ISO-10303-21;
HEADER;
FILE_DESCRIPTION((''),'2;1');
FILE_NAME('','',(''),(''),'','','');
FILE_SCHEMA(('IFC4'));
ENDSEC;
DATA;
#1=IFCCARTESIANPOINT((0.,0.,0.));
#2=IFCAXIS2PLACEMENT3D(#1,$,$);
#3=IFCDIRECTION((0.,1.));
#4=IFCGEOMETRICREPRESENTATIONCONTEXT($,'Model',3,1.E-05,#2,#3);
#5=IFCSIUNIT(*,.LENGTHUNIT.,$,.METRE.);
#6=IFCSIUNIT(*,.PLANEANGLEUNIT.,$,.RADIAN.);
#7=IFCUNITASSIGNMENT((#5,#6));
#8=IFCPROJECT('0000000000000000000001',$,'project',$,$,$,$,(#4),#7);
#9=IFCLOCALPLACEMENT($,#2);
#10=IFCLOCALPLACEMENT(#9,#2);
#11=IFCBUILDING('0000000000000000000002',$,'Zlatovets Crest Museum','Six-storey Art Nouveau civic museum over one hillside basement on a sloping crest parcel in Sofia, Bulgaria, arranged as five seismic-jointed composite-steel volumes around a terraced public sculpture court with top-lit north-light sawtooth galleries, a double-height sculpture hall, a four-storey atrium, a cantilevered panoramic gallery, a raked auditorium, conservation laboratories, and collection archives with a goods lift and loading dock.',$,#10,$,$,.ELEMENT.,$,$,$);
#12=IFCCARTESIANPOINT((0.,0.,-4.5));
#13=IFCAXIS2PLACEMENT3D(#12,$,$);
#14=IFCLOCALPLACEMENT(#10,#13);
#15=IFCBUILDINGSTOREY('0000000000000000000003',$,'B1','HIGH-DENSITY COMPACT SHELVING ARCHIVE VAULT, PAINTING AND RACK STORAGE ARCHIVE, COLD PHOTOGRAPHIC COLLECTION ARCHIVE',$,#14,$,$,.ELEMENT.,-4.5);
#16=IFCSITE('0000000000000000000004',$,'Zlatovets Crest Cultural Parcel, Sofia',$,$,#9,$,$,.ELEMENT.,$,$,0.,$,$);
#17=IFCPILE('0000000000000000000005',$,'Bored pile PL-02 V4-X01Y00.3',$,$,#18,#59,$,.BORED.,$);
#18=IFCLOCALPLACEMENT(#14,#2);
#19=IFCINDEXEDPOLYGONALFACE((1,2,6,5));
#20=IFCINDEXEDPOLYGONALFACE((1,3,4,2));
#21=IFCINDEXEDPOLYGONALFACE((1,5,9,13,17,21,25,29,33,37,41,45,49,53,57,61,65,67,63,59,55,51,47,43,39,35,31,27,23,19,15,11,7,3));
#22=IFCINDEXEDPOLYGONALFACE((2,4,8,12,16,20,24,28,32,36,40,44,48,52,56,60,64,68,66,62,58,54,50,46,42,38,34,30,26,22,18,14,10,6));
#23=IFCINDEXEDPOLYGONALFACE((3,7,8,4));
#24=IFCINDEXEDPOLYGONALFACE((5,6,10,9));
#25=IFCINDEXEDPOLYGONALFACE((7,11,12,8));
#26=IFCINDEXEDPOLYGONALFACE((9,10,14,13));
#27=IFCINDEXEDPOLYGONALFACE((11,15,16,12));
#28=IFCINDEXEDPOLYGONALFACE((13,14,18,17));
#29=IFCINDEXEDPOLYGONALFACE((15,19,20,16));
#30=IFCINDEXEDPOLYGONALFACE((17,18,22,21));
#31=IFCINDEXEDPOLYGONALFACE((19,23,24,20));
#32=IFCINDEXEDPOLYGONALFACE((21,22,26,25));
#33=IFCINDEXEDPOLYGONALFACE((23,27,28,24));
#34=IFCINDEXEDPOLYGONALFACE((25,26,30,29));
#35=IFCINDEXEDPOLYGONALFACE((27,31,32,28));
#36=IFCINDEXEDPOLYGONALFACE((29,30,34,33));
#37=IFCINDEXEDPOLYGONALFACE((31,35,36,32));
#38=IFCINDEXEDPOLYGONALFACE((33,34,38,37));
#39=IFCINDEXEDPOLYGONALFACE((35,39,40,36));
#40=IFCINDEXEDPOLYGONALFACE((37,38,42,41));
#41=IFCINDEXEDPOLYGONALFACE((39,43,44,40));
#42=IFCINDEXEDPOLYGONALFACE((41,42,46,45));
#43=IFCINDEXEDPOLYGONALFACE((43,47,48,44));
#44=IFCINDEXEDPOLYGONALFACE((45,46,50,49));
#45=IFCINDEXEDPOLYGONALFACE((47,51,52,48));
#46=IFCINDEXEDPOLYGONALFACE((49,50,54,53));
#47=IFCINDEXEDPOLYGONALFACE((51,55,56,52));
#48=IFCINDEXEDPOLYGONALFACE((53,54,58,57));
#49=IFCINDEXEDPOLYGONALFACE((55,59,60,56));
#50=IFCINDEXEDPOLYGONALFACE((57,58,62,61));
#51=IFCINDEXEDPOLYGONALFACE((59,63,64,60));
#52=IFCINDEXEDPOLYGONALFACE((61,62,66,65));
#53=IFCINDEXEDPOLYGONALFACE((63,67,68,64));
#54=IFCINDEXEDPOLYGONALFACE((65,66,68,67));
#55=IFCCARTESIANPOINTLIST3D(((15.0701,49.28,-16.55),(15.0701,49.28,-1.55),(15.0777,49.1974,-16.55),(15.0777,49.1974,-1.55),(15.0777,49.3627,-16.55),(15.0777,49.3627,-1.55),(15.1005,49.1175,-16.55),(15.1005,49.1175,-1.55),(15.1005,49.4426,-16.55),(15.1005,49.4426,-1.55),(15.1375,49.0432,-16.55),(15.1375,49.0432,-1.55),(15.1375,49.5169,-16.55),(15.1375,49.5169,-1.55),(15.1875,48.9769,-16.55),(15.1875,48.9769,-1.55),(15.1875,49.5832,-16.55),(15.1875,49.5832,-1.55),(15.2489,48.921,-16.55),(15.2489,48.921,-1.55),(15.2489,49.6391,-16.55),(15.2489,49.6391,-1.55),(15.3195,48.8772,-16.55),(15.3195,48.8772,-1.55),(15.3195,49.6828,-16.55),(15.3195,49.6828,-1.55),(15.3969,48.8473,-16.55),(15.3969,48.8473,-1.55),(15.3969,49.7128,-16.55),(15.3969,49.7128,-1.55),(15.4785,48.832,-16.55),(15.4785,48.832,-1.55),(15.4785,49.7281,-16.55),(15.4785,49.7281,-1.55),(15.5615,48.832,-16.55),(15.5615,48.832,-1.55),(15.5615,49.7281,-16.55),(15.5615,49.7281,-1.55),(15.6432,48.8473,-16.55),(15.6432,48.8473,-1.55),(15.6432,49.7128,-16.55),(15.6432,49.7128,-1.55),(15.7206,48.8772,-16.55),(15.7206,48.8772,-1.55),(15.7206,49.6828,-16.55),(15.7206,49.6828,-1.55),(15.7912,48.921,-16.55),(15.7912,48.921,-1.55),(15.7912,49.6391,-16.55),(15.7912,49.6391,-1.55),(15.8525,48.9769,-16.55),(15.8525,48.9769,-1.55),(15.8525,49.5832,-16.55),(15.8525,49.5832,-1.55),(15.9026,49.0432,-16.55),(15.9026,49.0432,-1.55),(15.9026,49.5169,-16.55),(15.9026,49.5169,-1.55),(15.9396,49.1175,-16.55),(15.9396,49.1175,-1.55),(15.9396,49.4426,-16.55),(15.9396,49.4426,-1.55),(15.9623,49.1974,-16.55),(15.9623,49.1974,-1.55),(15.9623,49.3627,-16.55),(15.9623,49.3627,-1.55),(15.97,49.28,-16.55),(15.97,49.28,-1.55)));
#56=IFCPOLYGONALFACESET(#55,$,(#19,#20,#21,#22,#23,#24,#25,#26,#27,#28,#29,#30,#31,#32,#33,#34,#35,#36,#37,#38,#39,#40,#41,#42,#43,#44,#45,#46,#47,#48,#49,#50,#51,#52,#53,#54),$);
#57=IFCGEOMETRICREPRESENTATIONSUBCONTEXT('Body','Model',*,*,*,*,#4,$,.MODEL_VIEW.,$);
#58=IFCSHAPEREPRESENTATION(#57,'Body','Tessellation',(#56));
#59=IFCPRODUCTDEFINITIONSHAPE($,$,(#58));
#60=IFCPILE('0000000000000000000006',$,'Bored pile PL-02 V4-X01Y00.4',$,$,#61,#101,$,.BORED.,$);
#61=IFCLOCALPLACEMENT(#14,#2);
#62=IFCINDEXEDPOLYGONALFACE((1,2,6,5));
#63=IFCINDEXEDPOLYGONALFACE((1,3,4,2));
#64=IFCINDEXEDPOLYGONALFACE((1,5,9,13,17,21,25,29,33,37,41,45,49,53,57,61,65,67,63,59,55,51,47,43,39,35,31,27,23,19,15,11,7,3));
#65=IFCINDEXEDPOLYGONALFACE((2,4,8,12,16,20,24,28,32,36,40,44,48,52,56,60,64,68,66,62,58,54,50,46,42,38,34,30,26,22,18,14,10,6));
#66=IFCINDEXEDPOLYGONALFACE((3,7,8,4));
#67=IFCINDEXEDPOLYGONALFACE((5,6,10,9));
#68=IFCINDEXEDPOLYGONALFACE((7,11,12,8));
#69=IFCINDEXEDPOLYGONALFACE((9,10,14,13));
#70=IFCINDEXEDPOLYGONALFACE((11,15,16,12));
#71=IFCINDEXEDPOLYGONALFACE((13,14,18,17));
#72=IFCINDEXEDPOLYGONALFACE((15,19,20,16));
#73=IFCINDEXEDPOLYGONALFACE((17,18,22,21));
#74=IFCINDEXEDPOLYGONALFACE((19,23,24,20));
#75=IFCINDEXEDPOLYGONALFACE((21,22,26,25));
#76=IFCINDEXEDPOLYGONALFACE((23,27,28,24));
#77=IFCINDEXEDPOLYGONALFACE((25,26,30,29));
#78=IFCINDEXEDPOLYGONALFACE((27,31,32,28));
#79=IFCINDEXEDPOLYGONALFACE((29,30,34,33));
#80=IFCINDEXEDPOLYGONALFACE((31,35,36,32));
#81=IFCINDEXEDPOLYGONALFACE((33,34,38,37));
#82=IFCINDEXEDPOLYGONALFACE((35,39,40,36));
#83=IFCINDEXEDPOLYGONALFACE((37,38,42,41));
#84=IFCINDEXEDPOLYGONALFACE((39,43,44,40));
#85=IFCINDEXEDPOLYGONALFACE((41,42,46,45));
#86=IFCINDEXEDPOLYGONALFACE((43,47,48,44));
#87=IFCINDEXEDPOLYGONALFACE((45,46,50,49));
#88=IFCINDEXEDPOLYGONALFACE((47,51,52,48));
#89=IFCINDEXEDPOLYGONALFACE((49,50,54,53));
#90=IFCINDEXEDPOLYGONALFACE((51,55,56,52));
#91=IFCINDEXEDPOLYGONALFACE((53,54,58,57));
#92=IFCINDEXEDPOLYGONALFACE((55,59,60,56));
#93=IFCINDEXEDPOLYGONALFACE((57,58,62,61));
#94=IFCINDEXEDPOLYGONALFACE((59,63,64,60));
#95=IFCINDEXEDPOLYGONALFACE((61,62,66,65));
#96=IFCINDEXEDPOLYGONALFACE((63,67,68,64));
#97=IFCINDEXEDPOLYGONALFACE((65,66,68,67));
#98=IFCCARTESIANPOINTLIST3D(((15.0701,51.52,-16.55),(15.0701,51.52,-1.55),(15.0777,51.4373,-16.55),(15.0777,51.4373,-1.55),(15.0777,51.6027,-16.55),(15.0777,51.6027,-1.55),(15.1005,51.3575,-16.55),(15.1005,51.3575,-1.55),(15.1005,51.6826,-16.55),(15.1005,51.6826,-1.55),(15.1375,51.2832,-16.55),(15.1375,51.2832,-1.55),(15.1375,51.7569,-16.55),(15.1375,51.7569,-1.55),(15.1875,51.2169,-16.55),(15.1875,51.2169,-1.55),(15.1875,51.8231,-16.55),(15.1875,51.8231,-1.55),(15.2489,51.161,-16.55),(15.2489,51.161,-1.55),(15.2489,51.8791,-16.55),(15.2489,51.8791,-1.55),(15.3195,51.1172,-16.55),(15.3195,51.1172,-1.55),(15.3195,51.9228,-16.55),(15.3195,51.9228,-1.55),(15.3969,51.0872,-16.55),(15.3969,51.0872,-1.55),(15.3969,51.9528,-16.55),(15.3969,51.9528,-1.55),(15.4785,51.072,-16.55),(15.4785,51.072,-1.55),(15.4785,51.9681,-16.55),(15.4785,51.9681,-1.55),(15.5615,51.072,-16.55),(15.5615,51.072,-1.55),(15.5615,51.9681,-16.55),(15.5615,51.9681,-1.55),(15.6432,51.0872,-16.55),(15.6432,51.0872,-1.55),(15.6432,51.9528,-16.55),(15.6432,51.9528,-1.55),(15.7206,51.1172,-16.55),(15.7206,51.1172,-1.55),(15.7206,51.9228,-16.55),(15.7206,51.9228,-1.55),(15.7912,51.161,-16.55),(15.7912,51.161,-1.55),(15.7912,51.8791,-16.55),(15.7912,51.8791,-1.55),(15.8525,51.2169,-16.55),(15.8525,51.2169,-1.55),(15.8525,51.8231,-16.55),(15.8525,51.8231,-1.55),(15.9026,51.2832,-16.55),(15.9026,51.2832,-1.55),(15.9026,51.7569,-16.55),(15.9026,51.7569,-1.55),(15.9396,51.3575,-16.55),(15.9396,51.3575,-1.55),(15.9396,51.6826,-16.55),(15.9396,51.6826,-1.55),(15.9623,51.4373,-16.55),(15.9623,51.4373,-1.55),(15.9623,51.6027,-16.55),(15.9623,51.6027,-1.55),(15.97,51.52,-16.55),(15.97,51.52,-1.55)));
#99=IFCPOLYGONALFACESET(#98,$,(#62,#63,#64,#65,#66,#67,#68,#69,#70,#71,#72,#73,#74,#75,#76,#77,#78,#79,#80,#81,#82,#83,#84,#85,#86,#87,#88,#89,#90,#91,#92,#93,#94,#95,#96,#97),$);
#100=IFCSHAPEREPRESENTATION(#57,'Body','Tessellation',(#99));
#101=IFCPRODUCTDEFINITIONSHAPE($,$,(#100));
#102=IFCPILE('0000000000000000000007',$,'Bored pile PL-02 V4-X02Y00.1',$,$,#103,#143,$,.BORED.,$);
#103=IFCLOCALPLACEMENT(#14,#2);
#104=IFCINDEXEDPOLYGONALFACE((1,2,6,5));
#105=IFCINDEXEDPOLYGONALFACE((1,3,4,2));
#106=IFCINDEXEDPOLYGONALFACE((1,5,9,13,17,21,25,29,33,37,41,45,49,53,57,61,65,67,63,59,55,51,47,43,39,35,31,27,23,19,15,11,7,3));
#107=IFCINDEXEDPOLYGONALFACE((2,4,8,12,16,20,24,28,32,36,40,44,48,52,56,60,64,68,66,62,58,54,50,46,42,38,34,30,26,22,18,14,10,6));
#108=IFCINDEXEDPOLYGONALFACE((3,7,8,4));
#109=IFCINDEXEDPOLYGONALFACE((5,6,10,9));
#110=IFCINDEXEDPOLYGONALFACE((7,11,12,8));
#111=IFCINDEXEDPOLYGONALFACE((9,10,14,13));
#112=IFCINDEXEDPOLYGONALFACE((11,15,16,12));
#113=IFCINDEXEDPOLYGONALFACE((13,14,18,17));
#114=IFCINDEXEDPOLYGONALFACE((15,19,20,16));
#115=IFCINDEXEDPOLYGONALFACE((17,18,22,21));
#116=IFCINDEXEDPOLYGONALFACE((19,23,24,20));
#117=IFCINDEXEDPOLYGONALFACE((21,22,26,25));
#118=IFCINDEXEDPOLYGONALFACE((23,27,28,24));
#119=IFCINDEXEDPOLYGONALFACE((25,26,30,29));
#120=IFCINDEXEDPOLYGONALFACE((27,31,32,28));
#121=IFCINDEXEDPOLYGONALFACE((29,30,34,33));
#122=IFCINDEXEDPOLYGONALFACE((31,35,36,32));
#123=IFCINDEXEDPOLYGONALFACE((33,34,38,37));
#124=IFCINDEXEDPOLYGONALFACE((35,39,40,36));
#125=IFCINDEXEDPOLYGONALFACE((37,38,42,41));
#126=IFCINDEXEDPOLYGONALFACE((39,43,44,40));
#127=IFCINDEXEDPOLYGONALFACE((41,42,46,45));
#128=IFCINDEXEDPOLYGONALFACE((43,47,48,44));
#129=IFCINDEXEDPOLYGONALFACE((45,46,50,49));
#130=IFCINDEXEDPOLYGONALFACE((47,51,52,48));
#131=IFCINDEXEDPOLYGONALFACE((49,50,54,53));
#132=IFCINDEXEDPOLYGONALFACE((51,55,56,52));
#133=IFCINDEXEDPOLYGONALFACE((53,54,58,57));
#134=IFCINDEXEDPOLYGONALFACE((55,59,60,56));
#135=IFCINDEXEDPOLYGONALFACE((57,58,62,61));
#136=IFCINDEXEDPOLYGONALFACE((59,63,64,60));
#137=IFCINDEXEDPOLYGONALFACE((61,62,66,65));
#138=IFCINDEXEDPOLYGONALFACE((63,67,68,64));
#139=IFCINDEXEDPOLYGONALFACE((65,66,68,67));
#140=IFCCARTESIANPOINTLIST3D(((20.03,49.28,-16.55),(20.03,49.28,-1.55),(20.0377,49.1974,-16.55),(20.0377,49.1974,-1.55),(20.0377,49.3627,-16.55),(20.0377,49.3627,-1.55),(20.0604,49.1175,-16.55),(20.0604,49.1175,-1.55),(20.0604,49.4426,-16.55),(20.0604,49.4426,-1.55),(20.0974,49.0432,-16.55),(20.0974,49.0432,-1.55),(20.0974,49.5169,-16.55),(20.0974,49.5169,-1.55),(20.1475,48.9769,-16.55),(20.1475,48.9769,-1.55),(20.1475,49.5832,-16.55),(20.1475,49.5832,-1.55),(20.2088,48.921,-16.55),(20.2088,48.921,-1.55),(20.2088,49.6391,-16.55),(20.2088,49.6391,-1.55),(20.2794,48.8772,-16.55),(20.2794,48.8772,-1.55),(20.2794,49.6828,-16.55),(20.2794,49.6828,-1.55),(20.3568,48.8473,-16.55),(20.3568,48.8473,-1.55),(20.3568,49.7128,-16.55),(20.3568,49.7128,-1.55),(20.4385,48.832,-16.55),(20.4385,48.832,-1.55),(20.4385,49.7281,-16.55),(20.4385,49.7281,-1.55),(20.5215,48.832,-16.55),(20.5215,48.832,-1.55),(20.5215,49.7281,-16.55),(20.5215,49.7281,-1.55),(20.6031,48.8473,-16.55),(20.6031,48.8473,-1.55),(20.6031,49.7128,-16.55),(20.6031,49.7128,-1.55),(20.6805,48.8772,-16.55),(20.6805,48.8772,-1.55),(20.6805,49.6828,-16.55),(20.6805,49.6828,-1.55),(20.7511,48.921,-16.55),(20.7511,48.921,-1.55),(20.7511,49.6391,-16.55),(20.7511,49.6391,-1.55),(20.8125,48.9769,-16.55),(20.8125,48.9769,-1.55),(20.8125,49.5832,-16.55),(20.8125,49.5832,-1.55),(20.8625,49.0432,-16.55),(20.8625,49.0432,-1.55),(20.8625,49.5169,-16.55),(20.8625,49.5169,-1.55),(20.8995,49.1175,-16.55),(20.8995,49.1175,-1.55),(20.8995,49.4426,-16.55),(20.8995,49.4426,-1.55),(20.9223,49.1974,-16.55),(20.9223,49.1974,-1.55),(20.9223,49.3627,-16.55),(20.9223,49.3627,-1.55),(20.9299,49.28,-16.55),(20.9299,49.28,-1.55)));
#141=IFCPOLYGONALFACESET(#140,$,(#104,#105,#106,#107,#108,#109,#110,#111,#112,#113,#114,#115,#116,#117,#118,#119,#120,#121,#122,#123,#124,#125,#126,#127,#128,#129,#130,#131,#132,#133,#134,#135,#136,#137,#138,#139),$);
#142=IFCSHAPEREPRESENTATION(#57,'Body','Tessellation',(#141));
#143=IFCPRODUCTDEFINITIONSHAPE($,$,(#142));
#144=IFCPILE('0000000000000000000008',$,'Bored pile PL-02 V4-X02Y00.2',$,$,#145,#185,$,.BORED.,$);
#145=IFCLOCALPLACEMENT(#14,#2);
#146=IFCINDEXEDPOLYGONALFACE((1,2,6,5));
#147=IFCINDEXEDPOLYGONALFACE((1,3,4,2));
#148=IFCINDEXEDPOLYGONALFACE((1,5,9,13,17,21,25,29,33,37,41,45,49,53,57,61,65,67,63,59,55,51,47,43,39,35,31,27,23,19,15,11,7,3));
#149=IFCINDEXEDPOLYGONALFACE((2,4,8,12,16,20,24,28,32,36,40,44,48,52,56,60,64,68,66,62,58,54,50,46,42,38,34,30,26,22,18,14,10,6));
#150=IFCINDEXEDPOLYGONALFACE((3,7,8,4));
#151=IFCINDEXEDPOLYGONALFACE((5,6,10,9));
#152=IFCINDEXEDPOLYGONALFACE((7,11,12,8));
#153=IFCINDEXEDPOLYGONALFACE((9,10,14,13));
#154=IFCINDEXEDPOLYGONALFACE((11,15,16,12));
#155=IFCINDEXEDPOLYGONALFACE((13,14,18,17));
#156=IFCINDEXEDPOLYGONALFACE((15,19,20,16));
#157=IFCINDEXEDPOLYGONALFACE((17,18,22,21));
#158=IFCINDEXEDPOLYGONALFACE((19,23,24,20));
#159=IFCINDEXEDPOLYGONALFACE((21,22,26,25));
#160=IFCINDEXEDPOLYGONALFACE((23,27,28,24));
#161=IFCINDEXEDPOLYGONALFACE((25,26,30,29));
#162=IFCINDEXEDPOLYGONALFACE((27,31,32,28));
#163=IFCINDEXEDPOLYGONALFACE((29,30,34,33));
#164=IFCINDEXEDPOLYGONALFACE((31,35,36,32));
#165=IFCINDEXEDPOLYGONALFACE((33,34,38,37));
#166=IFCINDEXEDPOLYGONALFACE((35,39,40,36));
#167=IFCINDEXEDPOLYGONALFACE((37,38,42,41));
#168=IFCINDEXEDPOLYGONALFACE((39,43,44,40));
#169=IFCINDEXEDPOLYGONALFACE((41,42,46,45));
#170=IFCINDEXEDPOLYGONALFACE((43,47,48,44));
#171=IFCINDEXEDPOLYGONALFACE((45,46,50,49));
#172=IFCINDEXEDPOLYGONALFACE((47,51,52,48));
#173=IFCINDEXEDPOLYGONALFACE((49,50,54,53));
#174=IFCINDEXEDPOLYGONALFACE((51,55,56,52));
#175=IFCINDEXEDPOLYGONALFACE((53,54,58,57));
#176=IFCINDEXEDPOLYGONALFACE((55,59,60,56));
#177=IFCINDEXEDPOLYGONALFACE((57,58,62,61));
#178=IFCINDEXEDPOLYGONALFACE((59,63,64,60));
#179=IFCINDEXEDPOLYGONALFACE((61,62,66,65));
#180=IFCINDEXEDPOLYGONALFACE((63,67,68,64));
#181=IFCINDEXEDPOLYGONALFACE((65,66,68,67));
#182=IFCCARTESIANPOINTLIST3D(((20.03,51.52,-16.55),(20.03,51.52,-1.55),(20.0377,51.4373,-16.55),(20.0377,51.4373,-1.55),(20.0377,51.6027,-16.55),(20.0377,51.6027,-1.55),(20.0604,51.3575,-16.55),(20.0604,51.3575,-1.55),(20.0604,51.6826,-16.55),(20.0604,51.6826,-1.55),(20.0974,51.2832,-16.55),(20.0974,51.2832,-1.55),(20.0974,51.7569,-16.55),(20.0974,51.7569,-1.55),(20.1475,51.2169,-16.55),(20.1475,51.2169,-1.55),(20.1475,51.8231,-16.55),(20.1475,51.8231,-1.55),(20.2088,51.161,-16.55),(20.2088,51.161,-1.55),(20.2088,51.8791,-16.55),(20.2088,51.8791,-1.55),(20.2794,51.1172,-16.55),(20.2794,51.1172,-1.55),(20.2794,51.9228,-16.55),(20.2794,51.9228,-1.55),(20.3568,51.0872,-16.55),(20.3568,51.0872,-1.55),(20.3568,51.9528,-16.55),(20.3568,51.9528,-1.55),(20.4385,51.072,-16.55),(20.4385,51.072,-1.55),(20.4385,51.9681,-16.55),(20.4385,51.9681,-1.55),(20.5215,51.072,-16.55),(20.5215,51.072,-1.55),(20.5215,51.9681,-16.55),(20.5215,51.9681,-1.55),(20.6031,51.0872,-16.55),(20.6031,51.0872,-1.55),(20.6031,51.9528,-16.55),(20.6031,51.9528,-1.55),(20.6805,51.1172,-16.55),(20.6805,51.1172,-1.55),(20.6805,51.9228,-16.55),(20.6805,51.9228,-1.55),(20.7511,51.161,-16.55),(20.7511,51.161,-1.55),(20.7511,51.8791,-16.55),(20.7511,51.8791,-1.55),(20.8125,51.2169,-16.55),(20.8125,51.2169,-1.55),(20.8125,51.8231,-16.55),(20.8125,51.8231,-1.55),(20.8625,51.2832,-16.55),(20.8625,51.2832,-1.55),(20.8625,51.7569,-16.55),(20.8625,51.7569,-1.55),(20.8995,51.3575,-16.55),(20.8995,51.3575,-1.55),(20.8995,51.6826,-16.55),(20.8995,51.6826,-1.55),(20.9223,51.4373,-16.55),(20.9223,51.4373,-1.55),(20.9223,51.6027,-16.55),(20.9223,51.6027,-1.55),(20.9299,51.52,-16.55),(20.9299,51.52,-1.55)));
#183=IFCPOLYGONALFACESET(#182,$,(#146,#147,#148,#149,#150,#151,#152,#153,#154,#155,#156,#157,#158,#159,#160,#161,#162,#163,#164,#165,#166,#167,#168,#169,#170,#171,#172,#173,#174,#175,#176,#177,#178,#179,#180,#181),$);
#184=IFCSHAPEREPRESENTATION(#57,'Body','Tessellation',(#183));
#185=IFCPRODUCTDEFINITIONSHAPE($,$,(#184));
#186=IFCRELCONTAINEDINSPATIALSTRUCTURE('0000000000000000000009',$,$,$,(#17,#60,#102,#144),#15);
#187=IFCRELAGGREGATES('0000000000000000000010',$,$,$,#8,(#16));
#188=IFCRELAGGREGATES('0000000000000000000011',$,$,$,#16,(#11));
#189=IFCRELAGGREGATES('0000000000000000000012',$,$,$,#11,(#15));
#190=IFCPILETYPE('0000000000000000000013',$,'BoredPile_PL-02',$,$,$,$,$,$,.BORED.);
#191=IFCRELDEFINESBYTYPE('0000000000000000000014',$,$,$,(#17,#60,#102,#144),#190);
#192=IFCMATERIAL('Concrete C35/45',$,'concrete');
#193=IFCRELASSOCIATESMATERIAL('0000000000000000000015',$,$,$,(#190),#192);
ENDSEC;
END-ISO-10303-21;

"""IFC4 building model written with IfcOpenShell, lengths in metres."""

from ifc_helpers import new_model, si_unit, direction, frame, origin, origin_2d, place, context, subcontext, project, spatial, circle, extrude, material, material_profile, profile_set, type_object, element, save


model = new_model("IFC4")

# Units and contexts
model_context = context("Model", 3, precision=1e-05, world=origin(), true_north=direction((0.0, 1.0)))
body_context = subcontext(model_context, "Body", "Model", "MODEL_VIEW")
ifc_project = project(units=[si_unit("LENGTHUNIT", "METRE"), si_unit("PLANEANGLEUNIT", "RADIAN")], contexts=[model_context])

# Site, building, storey
site_placement = place(None, origin())
site = spatial("IfcSite", under=ifc_project, at=site_placement, Name="Zlatovets Crest Cultural Parcel, Sofia", CompositionType="ELEMENT", RefElevation=0.0)
building_placement = place(site_placement, origin())
building = spatial("IfcBuilding", under=site, at=building_placement, Name="Zlatovets Crest Museum", Description="Six-storey Art Nouveau civic museum over one hillside basement on a sloping crest parcel in Sofia, Bulgaria, arranged as five seismic-jointed composite-steel volumes around a terraced public sculpture court with top-lit north-light sawtooth galleries, a double-height sculpture hall, a four-storey atrium, a cantilevered panoramic gallery, a raked auditorium, conservation laboratories, and collection archives with a goods lift and loading dock.", CompositionType="ELEMENT")
storey_placement = place(building_placement, frame((0.0, 0.0, -4.5)))
storey = spatial("IfcBuildingStorey", under=building, at=storey_placement, Name="B1", Description="HIGH-DENSITY COMPACT SHELVING ARCHIVE VAULT, PAINTING AND RACK STORAGE ARCHIVE, COLD PHOTOGRAPHIC COLLECTION ARCHIVE", CompositionType="ELEMENT", Elevation=-4.5)

# Piles
ifc_material_1 = material(Name="Concrete C35/45", Category="concrete")
ifc_material_profile_1 = material_profile(ifc_material_1, circle(Radius=0.45, at=origin_2d()), Name="PILE D900")
ifc_profile_set_1 = profile_set([ifc_material_profile_1], Name="Concrete C35/45")
pile_type_1 = type_object("IfcPileType", Name="BoredPile_PL-02", PredefinedType="BORED", material=ifc_profile_set_1)
for number, where, z_axis, x_axis, name in (
    (1, (15.52, 49.28, -1.55), (0.0, 0.0, -1.0), (1.0, 0.0, 0.0), "Bored pile PL-02 V4-X01Y00.3"),
    (2, (15.52, 51.52, -1.55), (0.0, 0.0, -1.0), (1.0, 0.0, 0.0), "Bored pile PL-02 V4-X01Y00.4"),
    (3, (20.48, 49.28, -1.55), (0.0, 0.0, -1.0), (1.0, 0.0, 0.0), "Bored pile PL-02 V4-X02Y00.1"),
    (4, (20.48, 51.52, -1.55), (0.0, 0.0, -1.0), (1.0, 0.0, 0.0), "Bored pile PL-02 V4-X02Y00.2"),
):
    element("IfcPile", number, at=place(storey_placement, frame(where, z_axis=z_axis, x_axis=x_axis)), inside=storey, type_object=pile_type_1, Name=name, PredefinedType="BORED", context=body_context, shape_type="SweptSolid", body=[
        extrude(circle(Radius=0.45, at=origin_2d()), origin(), (0.0, 0.0, 1.0), 15.0),
    ])

save(model, "model.ifc")
